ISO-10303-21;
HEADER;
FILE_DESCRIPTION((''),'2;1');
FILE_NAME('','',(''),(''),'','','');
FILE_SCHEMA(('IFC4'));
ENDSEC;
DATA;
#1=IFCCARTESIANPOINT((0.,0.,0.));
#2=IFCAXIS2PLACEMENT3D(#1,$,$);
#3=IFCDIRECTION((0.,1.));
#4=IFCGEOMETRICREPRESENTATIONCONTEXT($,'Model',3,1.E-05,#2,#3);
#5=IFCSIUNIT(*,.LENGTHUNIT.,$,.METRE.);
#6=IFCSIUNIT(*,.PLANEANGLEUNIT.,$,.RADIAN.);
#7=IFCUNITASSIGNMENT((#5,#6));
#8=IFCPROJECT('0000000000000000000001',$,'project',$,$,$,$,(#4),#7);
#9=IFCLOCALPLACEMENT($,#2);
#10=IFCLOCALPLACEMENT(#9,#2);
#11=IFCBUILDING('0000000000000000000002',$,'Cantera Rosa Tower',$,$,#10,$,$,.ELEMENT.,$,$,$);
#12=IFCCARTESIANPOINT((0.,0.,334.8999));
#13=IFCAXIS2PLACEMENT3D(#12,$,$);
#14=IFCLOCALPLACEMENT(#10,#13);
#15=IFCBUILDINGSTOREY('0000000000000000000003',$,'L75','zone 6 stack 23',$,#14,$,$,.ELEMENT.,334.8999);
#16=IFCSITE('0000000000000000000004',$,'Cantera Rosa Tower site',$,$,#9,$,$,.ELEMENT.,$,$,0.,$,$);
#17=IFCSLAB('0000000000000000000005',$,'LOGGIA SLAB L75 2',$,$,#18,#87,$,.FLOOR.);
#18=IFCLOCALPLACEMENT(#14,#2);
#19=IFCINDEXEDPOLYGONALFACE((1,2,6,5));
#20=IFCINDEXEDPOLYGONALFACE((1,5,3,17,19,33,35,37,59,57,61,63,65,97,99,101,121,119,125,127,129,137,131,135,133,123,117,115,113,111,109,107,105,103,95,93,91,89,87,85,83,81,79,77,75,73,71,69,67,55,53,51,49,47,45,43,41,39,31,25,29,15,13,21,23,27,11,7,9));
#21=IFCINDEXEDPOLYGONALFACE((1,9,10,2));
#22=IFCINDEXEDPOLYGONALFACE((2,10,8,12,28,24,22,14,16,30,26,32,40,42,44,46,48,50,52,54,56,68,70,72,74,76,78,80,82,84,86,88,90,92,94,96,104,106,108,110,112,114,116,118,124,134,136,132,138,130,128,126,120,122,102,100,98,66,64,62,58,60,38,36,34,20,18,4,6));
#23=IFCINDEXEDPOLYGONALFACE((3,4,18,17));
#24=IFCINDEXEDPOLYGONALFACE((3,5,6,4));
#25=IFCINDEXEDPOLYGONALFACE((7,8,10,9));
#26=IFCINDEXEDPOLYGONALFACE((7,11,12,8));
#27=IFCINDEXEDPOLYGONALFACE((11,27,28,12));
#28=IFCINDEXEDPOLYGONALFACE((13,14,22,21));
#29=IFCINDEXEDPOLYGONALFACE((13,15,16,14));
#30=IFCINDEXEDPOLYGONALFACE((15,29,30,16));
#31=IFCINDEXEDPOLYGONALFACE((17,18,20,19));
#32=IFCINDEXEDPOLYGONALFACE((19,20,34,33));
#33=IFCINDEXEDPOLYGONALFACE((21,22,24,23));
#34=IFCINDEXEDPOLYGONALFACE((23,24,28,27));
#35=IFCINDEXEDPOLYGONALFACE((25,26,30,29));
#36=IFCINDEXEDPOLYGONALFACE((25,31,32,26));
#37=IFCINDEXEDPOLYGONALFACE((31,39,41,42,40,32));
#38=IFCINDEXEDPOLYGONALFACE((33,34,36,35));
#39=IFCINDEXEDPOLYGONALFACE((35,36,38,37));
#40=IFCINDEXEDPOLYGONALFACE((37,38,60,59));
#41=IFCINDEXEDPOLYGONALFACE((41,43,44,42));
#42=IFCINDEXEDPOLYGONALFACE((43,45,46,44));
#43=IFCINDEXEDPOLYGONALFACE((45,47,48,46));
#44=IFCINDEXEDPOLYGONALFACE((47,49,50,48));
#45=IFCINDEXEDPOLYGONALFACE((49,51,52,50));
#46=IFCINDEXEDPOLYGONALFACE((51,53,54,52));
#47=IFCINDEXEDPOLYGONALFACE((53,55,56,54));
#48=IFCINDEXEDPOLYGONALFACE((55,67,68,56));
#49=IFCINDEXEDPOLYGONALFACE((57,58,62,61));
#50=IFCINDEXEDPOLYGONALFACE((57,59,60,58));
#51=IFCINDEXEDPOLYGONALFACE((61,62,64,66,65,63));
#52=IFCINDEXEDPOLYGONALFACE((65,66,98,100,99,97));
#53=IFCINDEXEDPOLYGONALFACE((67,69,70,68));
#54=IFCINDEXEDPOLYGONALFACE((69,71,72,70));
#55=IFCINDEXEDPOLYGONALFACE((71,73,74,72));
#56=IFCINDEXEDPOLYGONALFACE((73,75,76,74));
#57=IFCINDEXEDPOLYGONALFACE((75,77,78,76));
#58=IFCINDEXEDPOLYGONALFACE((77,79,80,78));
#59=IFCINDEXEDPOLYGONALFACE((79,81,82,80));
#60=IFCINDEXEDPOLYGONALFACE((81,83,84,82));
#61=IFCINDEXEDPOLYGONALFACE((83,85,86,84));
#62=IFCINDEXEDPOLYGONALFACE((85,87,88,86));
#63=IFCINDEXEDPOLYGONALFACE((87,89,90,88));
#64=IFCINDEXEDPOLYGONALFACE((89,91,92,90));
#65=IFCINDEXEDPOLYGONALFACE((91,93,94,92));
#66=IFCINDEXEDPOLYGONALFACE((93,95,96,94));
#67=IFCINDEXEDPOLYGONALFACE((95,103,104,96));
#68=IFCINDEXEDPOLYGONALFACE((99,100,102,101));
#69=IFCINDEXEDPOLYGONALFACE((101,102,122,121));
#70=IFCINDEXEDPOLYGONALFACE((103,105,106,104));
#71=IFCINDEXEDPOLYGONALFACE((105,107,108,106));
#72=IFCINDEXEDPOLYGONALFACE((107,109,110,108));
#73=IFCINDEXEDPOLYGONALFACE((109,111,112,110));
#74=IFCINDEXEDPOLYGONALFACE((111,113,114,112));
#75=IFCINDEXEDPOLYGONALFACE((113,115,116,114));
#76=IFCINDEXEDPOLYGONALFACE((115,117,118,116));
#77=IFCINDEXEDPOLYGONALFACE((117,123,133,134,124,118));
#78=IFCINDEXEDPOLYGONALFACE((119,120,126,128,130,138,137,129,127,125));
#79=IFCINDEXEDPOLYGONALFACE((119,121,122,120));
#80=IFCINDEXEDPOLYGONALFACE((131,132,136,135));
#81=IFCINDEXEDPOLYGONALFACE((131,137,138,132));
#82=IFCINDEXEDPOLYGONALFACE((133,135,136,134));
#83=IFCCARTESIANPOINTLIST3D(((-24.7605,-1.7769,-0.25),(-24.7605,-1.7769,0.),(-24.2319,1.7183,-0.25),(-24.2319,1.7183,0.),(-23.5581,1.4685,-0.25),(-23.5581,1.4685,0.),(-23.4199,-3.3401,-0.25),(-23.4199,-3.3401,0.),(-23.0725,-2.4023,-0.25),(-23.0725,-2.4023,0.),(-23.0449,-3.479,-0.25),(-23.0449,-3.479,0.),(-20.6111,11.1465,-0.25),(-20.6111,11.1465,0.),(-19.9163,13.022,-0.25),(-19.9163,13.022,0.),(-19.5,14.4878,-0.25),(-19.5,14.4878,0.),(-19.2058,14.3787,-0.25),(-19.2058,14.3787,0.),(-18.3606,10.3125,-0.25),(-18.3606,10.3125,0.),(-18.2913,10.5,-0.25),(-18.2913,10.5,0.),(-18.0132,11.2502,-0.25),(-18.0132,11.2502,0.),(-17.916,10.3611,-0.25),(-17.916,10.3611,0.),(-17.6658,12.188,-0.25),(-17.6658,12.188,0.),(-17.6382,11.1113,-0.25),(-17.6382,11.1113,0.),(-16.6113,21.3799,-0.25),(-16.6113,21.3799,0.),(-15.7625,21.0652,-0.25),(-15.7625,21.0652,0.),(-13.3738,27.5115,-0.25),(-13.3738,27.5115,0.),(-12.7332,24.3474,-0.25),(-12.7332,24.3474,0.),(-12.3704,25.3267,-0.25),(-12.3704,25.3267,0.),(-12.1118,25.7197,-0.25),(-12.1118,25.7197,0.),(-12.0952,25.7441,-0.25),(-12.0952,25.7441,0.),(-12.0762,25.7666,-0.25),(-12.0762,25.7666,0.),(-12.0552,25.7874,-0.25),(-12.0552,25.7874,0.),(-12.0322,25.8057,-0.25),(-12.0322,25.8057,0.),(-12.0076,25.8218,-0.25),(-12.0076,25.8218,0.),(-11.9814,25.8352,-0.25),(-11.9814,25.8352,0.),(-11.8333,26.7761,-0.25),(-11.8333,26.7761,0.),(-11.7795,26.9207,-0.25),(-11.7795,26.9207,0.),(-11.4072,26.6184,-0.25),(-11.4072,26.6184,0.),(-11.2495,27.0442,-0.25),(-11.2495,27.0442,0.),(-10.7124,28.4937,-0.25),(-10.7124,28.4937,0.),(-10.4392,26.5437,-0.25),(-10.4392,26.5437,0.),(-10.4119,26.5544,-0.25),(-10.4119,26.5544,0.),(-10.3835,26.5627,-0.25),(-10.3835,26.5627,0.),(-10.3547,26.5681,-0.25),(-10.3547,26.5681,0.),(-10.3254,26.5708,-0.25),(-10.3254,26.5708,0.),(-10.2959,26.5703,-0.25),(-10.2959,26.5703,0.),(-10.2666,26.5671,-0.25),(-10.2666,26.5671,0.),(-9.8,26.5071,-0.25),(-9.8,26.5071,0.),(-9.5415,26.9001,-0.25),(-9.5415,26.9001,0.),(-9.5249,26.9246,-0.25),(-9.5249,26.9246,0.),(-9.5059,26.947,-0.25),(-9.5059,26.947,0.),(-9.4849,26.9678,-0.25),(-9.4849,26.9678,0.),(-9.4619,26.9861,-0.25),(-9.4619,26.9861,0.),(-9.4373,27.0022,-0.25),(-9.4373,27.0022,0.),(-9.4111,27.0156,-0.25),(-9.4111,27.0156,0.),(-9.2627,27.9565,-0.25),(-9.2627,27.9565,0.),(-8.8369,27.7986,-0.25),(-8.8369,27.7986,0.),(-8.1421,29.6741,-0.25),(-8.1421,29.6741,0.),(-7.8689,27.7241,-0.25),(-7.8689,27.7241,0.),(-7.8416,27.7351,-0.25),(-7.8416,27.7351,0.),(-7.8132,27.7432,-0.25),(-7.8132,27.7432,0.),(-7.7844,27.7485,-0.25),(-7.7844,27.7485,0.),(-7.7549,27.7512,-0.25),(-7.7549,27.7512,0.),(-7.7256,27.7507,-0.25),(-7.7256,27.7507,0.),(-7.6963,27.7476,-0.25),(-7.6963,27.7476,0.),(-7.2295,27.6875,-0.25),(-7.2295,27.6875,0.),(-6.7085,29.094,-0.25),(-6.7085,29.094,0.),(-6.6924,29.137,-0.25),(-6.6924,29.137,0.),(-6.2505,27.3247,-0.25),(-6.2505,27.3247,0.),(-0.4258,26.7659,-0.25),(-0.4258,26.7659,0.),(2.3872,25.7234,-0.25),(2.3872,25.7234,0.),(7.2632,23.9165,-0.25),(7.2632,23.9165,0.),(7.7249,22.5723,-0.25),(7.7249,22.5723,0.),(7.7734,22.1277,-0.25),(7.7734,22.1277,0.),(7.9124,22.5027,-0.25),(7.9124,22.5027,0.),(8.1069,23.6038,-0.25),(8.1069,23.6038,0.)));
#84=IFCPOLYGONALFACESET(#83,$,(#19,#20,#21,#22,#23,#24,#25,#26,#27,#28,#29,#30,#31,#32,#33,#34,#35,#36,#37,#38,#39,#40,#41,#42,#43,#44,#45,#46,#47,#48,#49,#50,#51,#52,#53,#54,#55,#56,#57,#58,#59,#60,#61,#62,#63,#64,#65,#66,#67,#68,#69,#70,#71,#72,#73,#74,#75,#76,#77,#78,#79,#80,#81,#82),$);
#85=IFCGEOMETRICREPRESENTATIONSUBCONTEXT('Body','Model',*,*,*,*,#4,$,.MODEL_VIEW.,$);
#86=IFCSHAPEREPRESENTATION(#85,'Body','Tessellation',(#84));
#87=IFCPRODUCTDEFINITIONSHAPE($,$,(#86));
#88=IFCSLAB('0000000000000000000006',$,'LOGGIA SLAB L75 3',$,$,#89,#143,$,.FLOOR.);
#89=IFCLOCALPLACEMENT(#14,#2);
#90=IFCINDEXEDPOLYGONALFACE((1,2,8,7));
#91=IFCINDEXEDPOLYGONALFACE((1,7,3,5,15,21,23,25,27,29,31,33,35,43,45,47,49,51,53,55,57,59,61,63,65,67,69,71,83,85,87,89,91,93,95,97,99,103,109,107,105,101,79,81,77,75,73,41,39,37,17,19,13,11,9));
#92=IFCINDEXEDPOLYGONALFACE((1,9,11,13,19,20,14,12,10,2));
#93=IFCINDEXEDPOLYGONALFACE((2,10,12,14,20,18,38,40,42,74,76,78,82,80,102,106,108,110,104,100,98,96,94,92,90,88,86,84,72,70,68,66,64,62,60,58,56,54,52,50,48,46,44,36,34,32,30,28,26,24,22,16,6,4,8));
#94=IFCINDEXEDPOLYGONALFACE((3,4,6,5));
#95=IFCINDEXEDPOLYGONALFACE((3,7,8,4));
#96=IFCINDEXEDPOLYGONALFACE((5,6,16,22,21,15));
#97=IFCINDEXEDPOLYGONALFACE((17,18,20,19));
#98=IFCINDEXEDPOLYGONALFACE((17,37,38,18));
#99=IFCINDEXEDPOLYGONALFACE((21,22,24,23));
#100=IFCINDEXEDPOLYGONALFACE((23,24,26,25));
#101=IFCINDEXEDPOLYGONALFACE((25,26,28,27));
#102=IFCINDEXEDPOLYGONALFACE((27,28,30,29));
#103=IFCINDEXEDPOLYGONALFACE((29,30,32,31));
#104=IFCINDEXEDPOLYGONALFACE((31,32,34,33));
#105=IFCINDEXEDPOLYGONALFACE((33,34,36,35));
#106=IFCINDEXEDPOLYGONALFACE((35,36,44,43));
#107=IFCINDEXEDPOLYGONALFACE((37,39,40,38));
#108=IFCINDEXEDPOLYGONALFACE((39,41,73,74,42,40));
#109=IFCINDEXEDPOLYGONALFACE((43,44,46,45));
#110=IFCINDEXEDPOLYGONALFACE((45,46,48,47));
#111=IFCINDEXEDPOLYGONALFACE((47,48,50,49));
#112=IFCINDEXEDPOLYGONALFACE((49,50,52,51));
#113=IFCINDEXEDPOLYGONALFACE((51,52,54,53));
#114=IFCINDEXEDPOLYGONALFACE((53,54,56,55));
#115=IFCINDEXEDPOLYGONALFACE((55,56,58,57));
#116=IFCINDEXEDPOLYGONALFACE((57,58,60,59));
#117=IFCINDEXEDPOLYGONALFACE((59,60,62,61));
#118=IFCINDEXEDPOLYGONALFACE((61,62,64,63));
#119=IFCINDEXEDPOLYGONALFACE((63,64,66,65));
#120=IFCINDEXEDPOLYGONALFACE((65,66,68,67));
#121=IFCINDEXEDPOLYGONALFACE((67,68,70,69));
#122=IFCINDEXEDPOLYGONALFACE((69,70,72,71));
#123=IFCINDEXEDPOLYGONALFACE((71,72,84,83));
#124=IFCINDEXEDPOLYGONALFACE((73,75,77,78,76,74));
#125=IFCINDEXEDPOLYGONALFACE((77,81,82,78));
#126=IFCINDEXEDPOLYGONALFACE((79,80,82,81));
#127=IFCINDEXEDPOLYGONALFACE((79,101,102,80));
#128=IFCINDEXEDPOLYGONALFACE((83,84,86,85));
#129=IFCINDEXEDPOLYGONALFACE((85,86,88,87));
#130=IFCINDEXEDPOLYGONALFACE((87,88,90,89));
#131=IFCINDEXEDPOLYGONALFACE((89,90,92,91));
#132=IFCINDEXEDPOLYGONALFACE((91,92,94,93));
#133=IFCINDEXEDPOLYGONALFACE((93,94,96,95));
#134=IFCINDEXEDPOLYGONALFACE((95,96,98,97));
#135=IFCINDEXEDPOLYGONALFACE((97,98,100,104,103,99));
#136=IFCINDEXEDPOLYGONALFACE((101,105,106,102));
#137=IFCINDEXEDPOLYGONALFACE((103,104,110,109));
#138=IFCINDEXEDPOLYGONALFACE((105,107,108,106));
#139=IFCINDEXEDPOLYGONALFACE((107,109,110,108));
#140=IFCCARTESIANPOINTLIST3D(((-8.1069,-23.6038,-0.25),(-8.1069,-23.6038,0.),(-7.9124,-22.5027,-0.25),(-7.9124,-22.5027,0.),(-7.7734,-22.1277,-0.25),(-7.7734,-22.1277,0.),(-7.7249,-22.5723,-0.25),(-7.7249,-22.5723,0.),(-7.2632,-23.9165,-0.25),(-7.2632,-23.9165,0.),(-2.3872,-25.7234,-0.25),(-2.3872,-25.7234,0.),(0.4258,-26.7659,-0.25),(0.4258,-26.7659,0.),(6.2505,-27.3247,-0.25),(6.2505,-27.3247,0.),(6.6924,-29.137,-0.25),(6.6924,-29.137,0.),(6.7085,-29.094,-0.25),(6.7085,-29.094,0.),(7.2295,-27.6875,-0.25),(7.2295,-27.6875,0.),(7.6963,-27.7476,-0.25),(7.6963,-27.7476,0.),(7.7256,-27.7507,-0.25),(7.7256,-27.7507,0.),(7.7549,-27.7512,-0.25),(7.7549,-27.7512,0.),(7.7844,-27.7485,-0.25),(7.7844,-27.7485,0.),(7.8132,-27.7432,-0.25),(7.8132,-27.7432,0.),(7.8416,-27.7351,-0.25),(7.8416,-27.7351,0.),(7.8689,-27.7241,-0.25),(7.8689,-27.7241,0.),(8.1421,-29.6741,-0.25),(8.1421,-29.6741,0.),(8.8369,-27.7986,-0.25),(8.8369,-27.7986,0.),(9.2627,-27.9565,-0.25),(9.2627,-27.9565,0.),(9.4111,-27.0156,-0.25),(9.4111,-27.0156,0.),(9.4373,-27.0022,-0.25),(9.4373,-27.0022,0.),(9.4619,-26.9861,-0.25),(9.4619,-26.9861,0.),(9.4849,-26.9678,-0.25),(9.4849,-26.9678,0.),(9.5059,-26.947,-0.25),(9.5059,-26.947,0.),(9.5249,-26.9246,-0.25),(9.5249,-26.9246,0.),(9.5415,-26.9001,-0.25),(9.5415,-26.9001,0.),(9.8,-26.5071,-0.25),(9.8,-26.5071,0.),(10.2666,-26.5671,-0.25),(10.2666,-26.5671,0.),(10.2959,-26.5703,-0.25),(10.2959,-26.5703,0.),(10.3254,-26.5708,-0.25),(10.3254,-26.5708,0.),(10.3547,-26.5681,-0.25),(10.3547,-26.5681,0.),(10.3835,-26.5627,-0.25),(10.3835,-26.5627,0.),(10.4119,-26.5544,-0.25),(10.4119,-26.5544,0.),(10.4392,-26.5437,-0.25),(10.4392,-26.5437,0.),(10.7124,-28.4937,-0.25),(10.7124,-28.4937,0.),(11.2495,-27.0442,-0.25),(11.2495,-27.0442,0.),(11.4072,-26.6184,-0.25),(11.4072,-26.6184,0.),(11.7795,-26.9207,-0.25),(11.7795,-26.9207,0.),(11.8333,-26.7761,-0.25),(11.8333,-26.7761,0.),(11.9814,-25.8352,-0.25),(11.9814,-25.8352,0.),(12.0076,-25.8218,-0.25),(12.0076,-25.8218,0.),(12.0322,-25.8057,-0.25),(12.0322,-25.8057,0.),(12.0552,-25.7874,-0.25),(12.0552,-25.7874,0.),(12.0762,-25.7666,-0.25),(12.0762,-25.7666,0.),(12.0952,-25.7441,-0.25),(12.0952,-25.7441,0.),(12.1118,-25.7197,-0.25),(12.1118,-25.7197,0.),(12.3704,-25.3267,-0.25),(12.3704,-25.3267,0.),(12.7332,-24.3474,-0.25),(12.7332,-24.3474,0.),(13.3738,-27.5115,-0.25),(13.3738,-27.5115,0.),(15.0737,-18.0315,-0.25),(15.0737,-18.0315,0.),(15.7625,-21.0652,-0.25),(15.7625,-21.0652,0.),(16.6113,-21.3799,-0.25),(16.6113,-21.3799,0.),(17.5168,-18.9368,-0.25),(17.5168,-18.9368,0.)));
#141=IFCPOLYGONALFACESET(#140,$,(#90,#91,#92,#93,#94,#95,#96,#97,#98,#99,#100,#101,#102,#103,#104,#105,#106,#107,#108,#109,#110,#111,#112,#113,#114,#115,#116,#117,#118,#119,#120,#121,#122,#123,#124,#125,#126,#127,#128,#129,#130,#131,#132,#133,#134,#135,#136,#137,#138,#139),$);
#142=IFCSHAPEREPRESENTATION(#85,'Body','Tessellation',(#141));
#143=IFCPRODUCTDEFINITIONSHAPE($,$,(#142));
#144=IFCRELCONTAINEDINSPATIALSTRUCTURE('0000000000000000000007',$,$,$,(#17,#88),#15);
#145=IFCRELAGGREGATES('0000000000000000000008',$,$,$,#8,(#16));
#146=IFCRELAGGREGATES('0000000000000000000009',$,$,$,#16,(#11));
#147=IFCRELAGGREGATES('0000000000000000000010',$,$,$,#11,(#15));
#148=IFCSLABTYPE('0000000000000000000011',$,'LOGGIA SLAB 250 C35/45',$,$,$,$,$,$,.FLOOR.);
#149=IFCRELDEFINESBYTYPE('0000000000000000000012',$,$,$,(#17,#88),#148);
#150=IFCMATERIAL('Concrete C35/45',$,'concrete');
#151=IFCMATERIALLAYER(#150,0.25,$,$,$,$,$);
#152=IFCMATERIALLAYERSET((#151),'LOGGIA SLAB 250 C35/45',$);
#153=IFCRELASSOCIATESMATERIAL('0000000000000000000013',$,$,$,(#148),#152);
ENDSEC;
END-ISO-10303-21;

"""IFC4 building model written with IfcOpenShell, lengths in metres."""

from ifc_helpers import new_model, si_unit, direction, frame, origin, place, context, subcontext, project, spatial, polyline, outline, extrude, material, layer, layer_set, type_object, element, save


model = new_model("IFC4")

# Units and contexts
model_context = context("Model", 3, precision=1e-05, world=origin(), true_north=direction((0.0, 1.0)))
body_context = subcontext(model_context, "Body", "Model", "MODEL_VIEW")
ifc_project = project(units=[si_unit("LENGTHUNIT", "METRE"), si_unit("PLANEANGLEUNIT", "RADIAN")], contexts=[model_context])

# Site, building, storey
site_placement = place(None, origin())
site = spatial("IfcSite", under=ifc_project, at=site_placement, Name="Cantera Rosa Tower site", CompositionType="ELEMENT", RefElevation=0.0)
building_placement = place(site_placement, origin())
building = spatial("IfcBuilding", under=site, at=building_placement, Name="Cantera Rosa Tower", CompositionType="ELEMENT")
storey_placement = place(building_placement, frame((0.0, 0.0, 334.8999)))
storey = spatial("IfcBuildingStorey", under=building, at=storey_placement, Name="L75", Description="zone 6 stack 23", CompositionType="ELEMENT", Elevation=334.8999)

# Slabs
ifc_material_1 = material(Name="Concrete C35/45", Category="concrete")
ifc_layer_1 = layer(ifc_material_1, 0.25)
ifc_layer_set_1 = layer_set([ifc_layer_1], Name="LOGGIA SLAB 250 C35/45")
slab_type_1 = type_object("IfcSlabType", Name="LOGGIA SLAB 250 C35/45", PredefinedType="FLOOR", material=ifc_layer_set_1)
slab_1_placement = place(storey_placement, frame((0.0, 0.0, -0.25)))
element("IfcSlab", 1, at=slab_1_placement, inside=storey, type_object=slab_type_1, Name="LOGGIA SLAB L75 2", PredefinedType="FLOOR", context=body_context, shape_type="SweptSolid", body=[
    extrude(outline(polyline([(-19.5, 14.4878), (-19.2058, 14.3787), (-16.6113, 21.3799), (-15.7625, 21.0652), (-13.3738, 27.5115), (-11.7795, 26.9207), (-11.8333, 26.7761), (-11.4072, 26.6184), (-11.2495, 27.0442), (-10.7124, 28.4937), (-9.2627, 27.9565), (-8.8369, 27.7986), (-8.1421, 29.6741), (-6.6924, 29.137), (-6.7085, 29.094), (-0.4258, 26.7659), (2.3872, 25.7234), (7.2632, 23.9165), (8.1069, 23.6038), (7.7249, 22.5723), (7.9124, 22.5027), (7.7734, 22.1277), (-6.2505, 27.3247), (-7.2295, 27.6875), (-7.6963, 27.7476), (-7.7256, 27.7507), (-7.7549, 27.7512), (-7.7844, 27.7485), (-7.8132, 27.7432), (-7.8416, 27.7351), (-7.8689, 27.7241), (-9.4111, 27.0156), (-9.4373, 27.0022), (-9.4619, 26.9861), (-9.4849, 26.9678), (-9.5059, 26.947), (-9.5249, 26.9246), (-9.5415, 26.9001), (-9.8, 26.5071), (-10.2666, 26.5671), (-10.2959, 26.5703), (-10.3254, 26.5708), (-10.3547, 26.5681), (-10.3835, 26.5627), (-10.4119, 26.5544), (-10.4392, 26.5437), (-11.9814, 25.8352), (-12.0076, 25.8218), (-12.0322, 25.8057), (-12.0552, 25.7874), (-12.0762, 25.7666), (-12.0952, 25.7441), (-12.1118, 25.7197), (-12.3704, 25.3267), (-12.7332, 24.3474), (-17.6382, 11.1113), (-18.0132, 11.2502), (-17.6658, 12.188), (-19.9163, 13.022), (-20.6111, 11.1465), (-18.3606, 10.3125), (-18.2913, 10.5), (-17.916, 10.3611), (-23.0449, -3.479), (-23.4199, -3.3401), (-23.0725, -2.4023), (-24.7605, -1.7769), (-23.5581, 1.4685), (-24.2319, 1.7183), (-19.5, 14.4878)])), origin(), (0.0, 0.0, 1.0), 0.25),
])
slab_2_placement = place(storey_placement, frame((0.0, 0.0, -0.25)))
element("IfcSlab", 2, at=slab_2_placement, inside=storey, type_object=slab_type_1, Name="LOGGIA SLAB L75 3", PredefinedType="FLOOR", context=body_context, shape_type="SweptSolid", body=[
    extrude(outline(polyline([(11.7795, -26.9207), (11.8333, -26.7761), (11.4072, -26.6184), (11.2495, -27.0442), (10.7124, -28.4937), (9.2627, -27.9565), (8.8369, -27.7986), (8.1421, -29.6741), (6.6924, -29.137), (6.7085, -29.094), (0.4258, -26.7659), (-2.3872, -25.7234), (-7.2632, -23.9165), (-8.1069, -23.6038), (-7.7249, -22.5723), (-7.9124, -22.5027), (-7.7734, -22.1277), (6.2505, -27.3247), (7.2295, -27.6875), (7.6963, -27.7476), (7.7256, -27.7507), (7.7549, -27.7512), (7.7844, -27.7485), (7.8132, -27.7432), (7.8416, -27.7351), (7.8689, -27.7241), (9.4111, -27.0156), (9.4373, -27.0022), (9.4619, -26.9861), (9.4849, -26.9678), (9.5059, -26.947), (9.5249, -26.9246), (9.5415, -26.9001), (9.8, -26.5071), (10.2666, -26.5671), (10.2959, -26.5703), (10.3254, -26.5708), (10.3547, -26.5681), (10.3835, -26.5627), (10.4119, -26.5544), (10.4392, -26.5437), (11.9814, -25.8352), (12.0076, -25.8218), (12.0322, -25.8057), (12.0552, -25.7874), (12.0762, -25.7666), (12.0952, -25.7441), (12.1118, -25.7197), (12.3704, -25.3267), (12.7332, -24.3474), (15.0737, -18.0315), (17.5168, -18.9368), (16.6113, -21.3799), (15.7625, -21.0652), (13.3738, -27.5115), (11.7795, -26.9207)])), origin(), (0.0, 0.0, 1.0), 0.25),
])

save(model, "model.ifc")
